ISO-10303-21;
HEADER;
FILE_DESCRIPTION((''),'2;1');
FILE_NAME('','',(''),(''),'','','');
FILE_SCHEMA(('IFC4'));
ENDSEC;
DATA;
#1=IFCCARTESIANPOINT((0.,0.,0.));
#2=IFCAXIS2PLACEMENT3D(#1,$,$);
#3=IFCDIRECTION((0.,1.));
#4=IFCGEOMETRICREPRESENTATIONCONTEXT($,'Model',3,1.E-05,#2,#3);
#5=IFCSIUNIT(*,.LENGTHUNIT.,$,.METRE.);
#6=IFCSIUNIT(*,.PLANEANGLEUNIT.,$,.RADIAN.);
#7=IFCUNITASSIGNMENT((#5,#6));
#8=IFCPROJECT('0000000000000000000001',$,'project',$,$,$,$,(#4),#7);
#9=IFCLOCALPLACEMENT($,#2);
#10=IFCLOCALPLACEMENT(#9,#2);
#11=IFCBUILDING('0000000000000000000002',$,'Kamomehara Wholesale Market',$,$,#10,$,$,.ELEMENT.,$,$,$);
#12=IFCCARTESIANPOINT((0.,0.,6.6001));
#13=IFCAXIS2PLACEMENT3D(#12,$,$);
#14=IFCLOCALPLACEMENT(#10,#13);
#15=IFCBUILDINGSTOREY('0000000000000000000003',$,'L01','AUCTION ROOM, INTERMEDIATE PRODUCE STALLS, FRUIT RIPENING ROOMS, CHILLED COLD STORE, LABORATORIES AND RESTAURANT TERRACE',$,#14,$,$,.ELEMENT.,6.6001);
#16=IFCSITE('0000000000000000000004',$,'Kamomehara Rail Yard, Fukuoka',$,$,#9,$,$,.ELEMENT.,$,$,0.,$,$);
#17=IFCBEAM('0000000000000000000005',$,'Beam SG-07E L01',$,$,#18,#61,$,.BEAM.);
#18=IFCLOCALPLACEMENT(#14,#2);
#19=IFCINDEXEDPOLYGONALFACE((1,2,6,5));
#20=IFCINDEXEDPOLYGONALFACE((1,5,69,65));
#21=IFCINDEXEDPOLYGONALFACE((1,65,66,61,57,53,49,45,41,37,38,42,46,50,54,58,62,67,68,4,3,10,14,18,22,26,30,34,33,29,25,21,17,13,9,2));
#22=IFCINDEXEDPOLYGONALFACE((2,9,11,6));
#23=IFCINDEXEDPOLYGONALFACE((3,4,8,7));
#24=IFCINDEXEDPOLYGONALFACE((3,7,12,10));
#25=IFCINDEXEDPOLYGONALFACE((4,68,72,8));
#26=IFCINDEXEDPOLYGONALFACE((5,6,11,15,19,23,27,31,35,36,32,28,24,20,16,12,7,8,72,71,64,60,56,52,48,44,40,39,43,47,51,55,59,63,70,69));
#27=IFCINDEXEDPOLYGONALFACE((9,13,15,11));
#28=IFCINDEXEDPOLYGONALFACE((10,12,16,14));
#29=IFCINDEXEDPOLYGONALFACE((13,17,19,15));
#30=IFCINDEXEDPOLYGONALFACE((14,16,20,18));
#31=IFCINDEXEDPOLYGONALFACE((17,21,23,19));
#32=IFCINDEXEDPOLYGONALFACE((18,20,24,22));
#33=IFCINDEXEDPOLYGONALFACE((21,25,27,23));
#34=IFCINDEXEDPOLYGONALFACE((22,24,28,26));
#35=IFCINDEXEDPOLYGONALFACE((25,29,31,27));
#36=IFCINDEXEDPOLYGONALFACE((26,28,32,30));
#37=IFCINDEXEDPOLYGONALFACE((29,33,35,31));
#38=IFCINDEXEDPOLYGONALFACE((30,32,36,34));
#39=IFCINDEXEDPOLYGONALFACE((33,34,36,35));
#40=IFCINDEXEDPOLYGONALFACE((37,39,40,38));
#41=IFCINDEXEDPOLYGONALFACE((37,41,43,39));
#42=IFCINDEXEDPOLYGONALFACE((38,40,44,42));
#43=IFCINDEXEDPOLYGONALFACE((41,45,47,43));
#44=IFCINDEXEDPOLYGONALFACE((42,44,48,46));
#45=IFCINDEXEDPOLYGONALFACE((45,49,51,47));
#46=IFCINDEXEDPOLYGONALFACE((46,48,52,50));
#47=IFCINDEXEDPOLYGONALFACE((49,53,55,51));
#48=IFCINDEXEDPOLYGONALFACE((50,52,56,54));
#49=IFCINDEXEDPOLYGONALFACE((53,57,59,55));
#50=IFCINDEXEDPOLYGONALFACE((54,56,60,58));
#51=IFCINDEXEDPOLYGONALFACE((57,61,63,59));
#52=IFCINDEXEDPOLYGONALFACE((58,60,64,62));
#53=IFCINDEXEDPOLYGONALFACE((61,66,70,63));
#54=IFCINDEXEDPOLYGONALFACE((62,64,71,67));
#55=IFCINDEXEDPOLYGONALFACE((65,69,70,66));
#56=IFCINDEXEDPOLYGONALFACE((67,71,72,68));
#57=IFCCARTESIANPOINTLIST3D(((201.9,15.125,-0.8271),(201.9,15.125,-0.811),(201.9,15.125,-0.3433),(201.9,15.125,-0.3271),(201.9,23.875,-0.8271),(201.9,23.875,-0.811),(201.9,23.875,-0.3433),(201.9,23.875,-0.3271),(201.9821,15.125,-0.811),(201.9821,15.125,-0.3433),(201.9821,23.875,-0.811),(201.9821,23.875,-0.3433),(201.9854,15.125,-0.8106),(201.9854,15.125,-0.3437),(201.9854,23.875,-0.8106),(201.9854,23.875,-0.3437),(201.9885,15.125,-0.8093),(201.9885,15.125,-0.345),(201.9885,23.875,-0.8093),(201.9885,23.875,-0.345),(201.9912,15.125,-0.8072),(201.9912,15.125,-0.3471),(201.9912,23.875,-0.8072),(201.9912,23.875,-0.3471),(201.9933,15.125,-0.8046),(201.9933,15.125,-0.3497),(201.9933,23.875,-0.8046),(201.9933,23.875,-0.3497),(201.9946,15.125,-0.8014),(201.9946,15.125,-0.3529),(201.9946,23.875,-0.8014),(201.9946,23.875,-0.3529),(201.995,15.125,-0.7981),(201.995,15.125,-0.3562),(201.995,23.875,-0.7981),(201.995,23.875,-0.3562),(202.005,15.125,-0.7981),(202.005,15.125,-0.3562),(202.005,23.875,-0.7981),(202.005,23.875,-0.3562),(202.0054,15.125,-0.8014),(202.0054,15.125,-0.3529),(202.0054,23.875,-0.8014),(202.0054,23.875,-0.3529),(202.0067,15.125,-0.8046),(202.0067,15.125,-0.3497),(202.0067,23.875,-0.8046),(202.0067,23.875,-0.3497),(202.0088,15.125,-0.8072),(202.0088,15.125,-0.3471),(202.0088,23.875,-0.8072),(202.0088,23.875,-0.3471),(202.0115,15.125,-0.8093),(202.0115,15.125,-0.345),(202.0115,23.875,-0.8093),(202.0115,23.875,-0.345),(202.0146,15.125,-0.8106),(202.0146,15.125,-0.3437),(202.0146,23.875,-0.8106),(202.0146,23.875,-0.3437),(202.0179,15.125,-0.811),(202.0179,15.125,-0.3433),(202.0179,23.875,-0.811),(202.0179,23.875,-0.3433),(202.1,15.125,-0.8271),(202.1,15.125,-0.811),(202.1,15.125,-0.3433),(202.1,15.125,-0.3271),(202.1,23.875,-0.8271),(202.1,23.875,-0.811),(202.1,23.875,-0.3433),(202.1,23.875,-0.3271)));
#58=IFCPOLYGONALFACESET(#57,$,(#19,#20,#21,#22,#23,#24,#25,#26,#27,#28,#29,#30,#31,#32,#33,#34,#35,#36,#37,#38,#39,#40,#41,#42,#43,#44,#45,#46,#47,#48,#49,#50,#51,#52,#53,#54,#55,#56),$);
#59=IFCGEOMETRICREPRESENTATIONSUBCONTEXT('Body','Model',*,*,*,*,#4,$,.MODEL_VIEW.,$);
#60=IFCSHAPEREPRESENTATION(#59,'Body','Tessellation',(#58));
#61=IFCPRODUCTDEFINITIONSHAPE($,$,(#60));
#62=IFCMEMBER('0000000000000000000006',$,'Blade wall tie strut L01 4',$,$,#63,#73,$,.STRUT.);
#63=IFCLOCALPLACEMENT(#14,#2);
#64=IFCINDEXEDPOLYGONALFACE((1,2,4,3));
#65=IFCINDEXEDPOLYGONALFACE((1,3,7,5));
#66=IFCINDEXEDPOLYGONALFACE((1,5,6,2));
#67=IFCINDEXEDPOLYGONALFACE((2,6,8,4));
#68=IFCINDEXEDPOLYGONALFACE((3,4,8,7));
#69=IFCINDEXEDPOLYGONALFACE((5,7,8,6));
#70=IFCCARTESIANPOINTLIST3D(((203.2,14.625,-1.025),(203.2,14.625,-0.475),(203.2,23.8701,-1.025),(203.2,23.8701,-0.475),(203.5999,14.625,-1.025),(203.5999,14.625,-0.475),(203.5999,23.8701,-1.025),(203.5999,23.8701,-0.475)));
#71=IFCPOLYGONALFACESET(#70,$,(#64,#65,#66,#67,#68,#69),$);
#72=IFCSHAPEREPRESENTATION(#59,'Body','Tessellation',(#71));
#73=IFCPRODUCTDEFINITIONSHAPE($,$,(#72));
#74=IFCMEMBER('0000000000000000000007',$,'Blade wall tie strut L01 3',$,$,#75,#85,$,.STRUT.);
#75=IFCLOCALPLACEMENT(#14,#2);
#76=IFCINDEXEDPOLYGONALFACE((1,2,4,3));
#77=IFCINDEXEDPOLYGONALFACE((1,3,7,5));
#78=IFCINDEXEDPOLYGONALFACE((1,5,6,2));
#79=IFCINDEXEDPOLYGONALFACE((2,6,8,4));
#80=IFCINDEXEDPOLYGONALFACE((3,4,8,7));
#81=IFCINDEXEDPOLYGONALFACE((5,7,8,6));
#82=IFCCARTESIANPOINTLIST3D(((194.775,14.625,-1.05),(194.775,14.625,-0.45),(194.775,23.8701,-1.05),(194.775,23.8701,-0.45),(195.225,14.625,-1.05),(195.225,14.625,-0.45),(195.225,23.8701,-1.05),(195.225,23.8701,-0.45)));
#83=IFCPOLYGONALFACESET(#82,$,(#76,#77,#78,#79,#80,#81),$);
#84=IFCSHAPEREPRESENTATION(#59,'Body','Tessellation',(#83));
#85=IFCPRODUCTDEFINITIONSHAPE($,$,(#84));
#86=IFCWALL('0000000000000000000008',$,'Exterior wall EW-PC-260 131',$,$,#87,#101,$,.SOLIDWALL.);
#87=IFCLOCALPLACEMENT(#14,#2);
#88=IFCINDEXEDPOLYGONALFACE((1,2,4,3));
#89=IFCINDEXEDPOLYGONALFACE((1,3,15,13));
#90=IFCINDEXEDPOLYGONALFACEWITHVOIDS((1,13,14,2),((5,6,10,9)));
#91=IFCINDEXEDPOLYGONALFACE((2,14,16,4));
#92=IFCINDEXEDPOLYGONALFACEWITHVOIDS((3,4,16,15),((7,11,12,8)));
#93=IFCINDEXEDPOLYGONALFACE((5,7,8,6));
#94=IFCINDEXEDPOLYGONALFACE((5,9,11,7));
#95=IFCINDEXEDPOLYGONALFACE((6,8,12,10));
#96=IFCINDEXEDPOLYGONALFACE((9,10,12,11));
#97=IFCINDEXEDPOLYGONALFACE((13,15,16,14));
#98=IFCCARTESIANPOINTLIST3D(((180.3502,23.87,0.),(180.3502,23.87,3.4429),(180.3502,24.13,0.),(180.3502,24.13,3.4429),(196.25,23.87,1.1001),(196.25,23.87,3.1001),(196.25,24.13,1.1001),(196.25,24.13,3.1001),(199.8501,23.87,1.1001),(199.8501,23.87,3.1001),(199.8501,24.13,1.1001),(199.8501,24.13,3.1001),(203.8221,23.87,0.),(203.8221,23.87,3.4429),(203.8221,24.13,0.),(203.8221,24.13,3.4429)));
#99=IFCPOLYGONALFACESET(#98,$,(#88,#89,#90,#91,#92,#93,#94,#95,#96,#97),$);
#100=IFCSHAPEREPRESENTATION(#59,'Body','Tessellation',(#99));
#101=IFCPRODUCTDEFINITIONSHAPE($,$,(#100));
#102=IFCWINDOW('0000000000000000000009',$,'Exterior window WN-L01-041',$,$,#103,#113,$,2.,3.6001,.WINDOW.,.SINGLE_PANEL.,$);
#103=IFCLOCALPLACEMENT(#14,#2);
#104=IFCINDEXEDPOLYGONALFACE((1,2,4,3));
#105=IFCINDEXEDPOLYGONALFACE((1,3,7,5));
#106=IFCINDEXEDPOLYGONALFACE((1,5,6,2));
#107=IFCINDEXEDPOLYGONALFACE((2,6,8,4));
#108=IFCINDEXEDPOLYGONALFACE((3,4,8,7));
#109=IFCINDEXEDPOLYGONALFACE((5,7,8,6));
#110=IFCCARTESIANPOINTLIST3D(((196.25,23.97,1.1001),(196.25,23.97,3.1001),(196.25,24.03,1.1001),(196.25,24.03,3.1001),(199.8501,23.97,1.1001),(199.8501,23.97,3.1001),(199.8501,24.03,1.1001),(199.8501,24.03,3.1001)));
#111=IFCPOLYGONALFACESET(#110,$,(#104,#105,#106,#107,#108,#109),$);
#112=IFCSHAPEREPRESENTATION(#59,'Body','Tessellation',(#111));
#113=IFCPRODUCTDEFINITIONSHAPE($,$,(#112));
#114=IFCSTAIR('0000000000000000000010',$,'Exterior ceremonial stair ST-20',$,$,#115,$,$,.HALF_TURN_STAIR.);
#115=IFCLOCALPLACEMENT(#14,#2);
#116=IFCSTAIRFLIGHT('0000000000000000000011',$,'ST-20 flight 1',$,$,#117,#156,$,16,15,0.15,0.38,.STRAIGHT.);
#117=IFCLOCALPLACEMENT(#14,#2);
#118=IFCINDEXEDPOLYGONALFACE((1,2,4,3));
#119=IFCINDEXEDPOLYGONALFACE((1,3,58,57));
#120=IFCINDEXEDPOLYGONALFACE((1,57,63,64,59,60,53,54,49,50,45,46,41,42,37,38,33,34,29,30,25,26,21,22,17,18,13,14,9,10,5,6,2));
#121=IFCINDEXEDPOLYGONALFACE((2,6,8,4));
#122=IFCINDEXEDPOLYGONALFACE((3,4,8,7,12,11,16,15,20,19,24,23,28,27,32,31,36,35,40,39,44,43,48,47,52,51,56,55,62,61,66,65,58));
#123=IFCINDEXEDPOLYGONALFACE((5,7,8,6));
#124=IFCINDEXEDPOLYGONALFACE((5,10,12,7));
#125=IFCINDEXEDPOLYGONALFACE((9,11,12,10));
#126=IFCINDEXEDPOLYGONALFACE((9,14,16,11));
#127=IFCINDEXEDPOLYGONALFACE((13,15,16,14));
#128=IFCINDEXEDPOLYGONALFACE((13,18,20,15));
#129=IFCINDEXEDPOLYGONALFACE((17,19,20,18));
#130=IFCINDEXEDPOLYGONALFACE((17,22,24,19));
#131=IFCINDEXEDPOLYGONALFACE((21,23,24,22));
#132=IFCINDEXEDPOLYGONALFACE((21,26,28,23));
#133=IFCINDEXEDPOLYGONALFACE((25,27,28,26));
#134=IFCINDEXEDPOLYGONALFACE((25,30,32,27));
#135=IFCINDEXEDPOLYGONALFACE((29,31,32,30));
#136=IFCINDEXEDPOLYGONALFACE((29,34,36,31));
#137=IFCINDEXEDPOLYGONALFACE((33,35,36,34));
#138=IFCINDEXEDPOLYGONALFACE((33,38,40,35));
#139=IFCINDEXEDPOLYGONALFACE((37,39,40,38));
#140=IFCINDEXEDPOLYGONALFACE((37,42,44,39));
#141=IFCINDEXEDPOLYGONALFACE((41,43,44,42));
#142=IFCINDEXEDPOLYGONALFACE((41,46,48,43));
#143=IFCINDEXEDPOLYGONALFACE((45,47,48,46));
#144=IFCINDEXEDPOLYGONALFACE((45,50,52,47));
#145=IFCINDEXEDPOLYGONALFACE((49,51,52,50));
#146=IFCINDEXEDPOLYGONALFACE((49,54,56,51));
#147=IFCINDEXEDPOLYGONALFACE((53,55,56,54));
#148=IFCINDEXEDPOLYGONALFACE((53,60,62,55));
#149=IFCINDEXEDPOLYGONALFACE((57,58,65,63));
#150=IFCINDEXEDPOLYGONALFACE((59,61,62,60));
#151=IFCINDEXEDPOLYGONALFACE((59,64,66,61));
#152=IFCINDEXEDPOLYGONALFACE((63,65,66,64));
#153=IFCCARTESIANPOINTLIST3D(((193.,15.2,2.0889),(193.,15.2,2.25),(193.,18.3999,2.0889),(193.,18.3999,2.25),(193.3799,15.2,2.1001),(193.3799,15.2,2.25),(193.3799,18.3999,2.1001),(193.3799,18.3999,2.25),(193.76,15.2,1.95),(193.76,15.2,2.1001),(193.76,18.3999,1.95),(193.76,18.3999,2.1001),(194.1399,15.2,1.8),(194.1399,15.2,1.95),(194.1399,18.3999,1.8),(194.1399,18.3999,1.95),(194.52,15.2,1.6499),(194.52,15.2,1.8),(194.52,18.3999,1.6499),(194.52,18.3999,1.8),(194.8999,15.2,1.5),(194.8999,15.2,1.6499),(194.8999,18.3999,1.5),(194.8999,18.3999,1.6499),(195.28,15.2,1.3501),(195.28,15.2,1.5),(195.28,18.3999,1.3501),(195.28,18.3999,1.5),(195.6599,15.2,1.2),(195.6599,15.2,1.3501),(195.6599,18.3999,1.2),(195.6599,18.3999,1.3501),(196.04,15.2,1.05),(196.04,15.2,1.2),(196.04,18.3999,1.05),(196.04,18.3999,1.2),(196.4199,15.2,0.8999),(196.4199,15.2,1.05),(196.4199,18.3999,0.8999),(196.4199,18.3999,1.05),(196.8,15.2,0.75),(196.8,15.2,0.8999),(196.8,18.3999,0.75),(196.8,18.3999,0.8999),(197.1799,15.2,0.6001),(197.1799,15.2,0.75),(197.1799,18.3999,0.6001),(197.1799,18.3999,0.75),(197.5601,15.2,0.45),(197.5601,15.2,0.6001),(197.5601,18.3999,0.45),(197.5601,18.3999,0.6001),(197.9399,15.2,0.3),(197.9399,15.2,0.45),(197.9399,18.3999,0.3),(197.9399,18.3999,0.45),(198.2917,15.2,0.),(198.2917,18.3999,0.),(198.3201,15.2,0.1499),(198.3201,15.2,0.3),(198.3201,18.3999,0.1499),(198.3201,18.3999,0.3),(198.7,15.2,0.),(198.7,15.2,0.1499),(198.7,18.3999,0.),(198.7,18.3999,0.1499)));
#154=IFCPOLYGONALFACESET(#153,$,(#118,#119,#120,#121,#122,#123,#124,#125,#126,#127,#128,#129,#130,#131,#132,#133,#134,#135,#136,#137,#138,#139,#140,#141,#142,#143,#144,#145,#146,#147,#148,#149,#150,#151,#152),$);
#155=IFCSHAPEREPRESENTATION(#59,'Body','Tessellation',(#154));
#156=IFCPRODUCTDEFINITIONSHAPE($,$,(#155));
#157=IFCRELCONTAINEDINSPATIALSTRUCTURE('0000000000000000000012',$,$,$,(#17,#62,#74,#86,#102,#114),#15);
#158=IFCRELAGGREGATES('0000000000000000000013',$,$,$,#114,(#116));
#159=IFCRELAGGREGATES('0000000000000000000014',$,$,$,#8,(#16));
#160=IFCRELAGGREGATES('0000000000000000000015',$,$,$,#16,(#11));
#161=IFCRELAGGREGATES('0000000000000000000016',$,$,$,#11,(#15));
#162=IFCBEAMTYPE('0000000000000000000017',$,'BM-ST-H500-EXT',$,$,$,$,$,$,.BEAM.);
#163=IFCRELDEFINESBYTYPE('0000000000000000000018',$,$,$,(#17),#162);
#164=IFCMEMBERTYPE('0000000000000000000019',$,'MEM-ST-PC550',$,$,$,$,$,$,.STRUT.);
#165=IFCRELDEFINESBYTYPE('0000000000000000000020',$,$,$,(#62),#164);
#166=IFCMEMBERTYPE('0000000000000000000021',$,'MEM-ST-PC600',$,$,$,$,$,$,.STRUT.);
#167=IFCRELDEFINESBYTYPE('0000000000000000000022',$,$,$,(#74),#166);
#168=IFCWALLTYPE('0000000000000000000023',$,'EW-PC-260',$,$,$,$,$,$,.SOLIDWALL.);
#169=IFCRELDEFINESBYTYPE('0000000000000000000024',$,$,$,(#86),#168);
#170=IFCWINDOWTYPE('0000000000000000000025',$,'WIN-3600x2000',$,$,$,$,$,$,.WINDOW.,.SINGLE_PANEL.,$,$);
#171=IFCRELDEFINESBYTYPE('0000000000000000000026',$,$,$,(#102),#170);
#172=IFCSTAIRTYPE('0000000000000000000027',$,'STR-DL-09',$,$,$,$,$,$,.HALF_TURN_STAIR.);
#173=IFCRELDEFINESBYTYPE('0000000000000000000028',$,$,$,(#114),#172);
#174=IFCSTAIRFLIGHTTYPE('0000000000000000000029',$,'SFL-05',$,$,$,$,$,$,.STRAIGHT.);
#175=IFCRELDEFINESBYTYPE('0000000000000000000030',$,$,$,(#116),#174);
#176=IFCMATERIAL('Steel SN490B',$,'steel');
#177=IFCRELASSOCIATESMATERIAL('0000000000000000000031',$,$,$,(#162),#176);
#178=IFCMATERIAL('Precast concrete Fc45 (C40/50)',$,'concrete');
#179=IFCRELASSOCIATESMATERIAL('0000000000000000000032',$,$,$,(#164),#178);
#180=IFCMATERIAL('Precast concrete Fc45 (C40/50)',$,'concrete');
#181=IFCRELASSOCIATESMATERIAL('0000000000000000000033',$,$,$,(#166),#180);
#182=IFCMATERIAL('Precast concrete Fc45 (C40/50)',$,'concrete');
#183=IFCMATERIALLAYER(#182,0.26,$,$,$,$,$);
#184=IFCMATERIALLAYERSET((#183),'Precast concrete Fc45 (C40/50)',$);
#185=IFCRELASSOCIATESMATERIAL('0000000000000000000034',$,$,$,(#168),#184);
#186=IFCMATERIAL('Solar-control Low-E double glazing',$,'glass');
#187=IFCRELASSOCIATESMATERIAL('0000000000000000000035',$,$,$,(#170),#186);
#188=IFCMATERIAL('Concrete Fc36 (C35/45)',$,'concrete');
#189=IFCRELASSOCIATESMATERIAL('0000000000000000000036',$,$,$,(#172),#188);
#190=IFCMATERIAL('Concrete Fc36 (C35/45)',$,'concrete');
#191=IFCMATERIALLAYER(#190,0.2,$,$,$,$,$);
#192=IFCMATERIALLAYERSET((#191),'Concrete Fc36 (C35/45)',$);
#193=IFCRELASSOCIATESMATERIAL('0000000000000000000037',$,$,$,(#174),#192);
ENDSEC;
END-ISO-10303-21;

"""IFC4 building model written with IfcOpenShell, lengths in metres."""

from ifc_helpers import new_model, si_unit, direction, frame, frame_2d, origin, origin_2d, place, context, subcontext, project, spatial, polyline, rectangle, i_section, outline, extrude, material, layer, layer_set, material_profile, profile_set, type_object, element, fill, aggregate, save


model = new_model("IFC4")

# Units and contexts
model_context = context("Model", 3, precision=1e-05, world=origin(), true_north=direction((0.0, 1.0)))
body_context = subcontext(model_context, "Body", "Model", "MODEL_VIEW")
ifc_project = project(units=[si_unit("LENGTHUNIT", "METRE"), si_unit("PLANEANGLEUNIT", "RADIAN")], contexts=[model_context])

# Site, building, storey
site_placement = place(None, origin())
site = spatial("IfcSite", under=ifc_project, at=site_placement, Name="Kamomehara Rail Yard, Fukuoka", CompositionType="ELEMENT", RefElevation=0.0)
building_placement = place(site_placement, origin())
building = spatial("IfcBuilding", under=site, at=building_placement, Name="Kamomehara Wholesale Market", CompositionType="ELEMENT")
storey_placement = place(building_placement, frame((0.0, 0.0, 6.6001)))
storey = spatial("IfcBuildingStorey", under=building, at=storey_placement, Name="L01", Description="AUCTION ROOM, INTERMEDIATE PRODUCE STALLS, FRUIT RIPENING ROOMS, CHILLED COLD STORE, LABORATORIES AND RESTAURANT TERRACE", CompositionType="ELEMENT", Elevation=6.6001)

# Beam
ifc_material_1 = material(Name="Steel SN490B", Category="steel")
ifc_material_profile_1 = material_profile(ifc_material_1, i_section(OverallWidth=0.2, OverallDepth=0.5, WebThickness=0.01, FlangeThickness=0.0161, FilletRadius=0.0129, at=origin_2d()), Name="H-500x200x10x16")
ifc_profile_set_1 = profile_set([ifc_material_profile_1], Name="Steel SN490B")
beam_type_1 = type_object("IfcBeamType", Name="BM-ST-H500-EXT", PredefinedType="BEAM", material=ifc_profile_set_1)
beam_1_placement = place(storey_placement, frame((202.0, 15.125, -0.5771), z_axis=(0.0, 1.0, 0.0), x_axis=(-1.0, 0.0, 0.0)))
element("IfcBeam", 1, at=beam_1_placement, inside=storey, type_object=beam_type_1, Name="Beam SG-07E L01", PredefinedType="BEAM", context=body_context, shape_type="SweptSolid", body=[
    extrude(i_section(OverallWidth=0.2, OverallDepth=0.5, WebThickness=0.01, FlangeThickness=0.0161, FilletRadius=0.0129, at=origin_2d()), origin(), (0.0, 0.0, 1.0), 8.75),
])

# Members
ifc_material_2 = material(Name="Precast concrete Fc45 (C40/50)", Category="concrete")
ifc_material_profile_2 = material_profile(ifc_material_2, rectangle(XDim=0.3999, YDim=0.55, at=origin_2d()), Name="PC-STR-400x550")
ifc_profile_set_2 = profile_set([ifc_material_profile_2], Name="Precast concrete Fc45 (C40/50)")
member_type_1 = type_object("IfcMemberType", Name="MEM-ST-PC550", PredefinedType="STRUT", material=ifc_profile_set_2)
member_1_placement = place(storey_placement, frame((203.3999, 14.625, -0.75), z_axis=(0.0, 1.0, 0.0), x_axis=(-1.0, 0.0, 0.0)))
element("IfcMember", 2, at=member_1_placement, inside=storey, type_object=member_type_1, Name="Blade wall tie strut L01 4", PredefinedType="STRUT", context=body_context, shape_type="SweptSolid", body=[
    extrude(rectangle(XDim=0.3999, YDim=0.55, at=origin_2d()), origin(), (0.0, 0.0, 1.0), 9.2451),
])
ifc_material_3 = material(Name="Precast concrete Fc45 (C40/50)", Category="concrete")
ifc_material_profile_3 = material_profile(ifc_material_3, rectangle(XDim=0.45, YDim=0.6001, at=origin_2d()), Name="PC-STR-450x600")
ifc_profile_set_3 = profile_set([ifc_material_profile_3], Name="Precast concrete Fc45 (C40/50)")
member_type_2 = type_object("IfcMemberType", Name="MEM-ST-PC600", PredefinedType="STRUT", material=ifc_profile_set_3)
member_2_placement = place(storey_placement, frame((195.0, 14.625, -0.75), z_axis=(0.0, 1.0, 0.0), x_axis=(-1.0, 0.0, 0.0)))
element("IfcMember", 3, at=member_2_placement, inside=storey, type_object=member_type_2, Name="Blade wall tie strut L01 3", PredefinedType="STRUT", context=body_context, shape_type="SweptSolid", body=[
    extrude(rectangle(XDim=0.45, YDim=0.6001, at=origin_2d()), origin(), (0.0, 0.0, 1.0), 9.2451),
])

# Wall, opening, window
ifc_material_4 = material(Name="Precast concrete Fc45 (C40/50)", Category="concrete")
ifc_layer_1 = layer(ifc_material_4, 0.26)
ifc_layer_set_1 = layer_set([ifc_layer_1], Name="Precast concrete Fc45 (C40/50)")
wall_type = type_object("IfcWallType", Name="EW-PC-260", PredefinedType="SOLIDWALL", material=ifc_layer_set_1)
wall_placement = place(storey_placement, frame((203.822, 24.0, 0.0), z_axis=(0.0, 0.0, 1.0), x_axis=(-1.0, 0.0, 0.0)))
wall = element("IfcWall", 4, at=wall_placement, inside=storey, type_object=wall_type, Name="Exterior wall EW-PC-260 131", PredefinedType="SOLIDWALL", context=body_context, shape_type="SweptSolid", body=[
    extrude(rectangle(XDim=23.4719, YDim=0.26, at=frame_2d((11.7358, 0.0))), origin(), (0.0, 0.0, 1.0), 3.4429),
])
opening_placement = place(wall_placement, frame((3.9719, 0.0, 1.1001)))
opening = element("IfcOpeningElement", 5, at=opening_placement, cuts=wall, PredefinedType="OPENING", context=body_context, shape_type="SweptSolid", body=[
    extrude(rectangle(XDim=3.6001, YDim=2.0, at=frame_2d((1.8, 1.0))), frame((0.0, 0.145, 0.0), z_axis=(0.0, -1.0, 0.0), x_axis=(1.0, 0.0, 0.0)), (0.0, 0.0, 1.0), 0.2898),
])
ifc_material_5 = material(Name="Solar-control Low-E double glazing", Category="glass")
window_type = type_object("IfcWindowType", Name="WIN-3600x2000", PartitioningType="SINGLE_PANEL", PredefinedType="WINDOW", material=ifc_material_5)
window_placement = place(opening_placement, origin())
window = element("IfcWindow", 6, at=window_placement, inside=storey, type_object=window_type, Name="Exterior window WN-L01-041", OverallHeight=2.0, OverallWidth=3.6001, PartitioningType="SINGLE_PANEL", PredefinedType="WINDOW", context=body_context, shape_type="SweptSolid", body=[
    extrude(rectangle(XDim=3.6001, YDim=2.0, at=frame_2d((1.8, 1.0))), frame((0.0, 0.03, 0.0), z_axis=(0.0, -1.0, 0.0), x_axis=(1.0, 0.0, 0.0)), (0.0, 0.0, 1.0), 0.0601),
])
fill(opening, window)

# Stair, stair flight
ifc_material_6 = material(Name="Concrete Fc36 (C35/45)", Category="concrete")
stair_type = type_object("IfcStairType", Name="STR-DL-09", PredefinedType="HALF_TURN_STAIR", material=ifc_material_6)
stair_placement = place(storey_placement, origin())
stair = element("IfcStair", 7, at=stair_placement, inside=storey, type_object=stair_type, Name="Exterior ceremonial stair ST-20", PredefinedType="HALF_TURN_STAIR")
ifc_material_7 = material(Name="Concrete Fc36 (C35/45)", Category="concrete")
ifc_layer_2 = layer(ifc_material_7, 0.2)
ifc_layer_set_2 = layer_set([ifc_layer_2], Name="Concrete Fc36 (C35/45)")
stair_flight_type = type_object("IfcStairFlightType", Name="SFL-05", PredefinedType="STRAIGHT", material=ifc_layer_set_2)
stair_flight_1_placement = place(storey_placement, frame((198.7, 16.8, 0.0), z_axis=(0.0, 0.0, 1.0), x_axis=(-1.0, 0.0, 0.0)))
stair_flight_1 = element("IfcStairFlight", 8, at=stair_flight_1_placement, type_object=stair_flight_type, Name="ST-20 flight 1", NumberOfRisers=16, NumberOfTreads=15, PredefinedType="STRAIGHT", RiserHeight=0.15, TreadLength=0.38, context=body_context, shape_type="SweptSolid", body=[
    extrude(outline(polyline([(0.0, 0.0), (0.0, 0.1499), (0.3799, 0.1499), (0.3799, 0.3), (0.76, 0.3), (0.76, 0.45), (1.1399, 0.45), (1.1399, 0.6001), (1.52, 0.6001), (1.52, 0.75), (1.8999, 0.75), (1.8999, 0.8999), (2.28, 0.8999), (2.28, 1.05), (2.6599, 1.05), (2.6599, 1.2), (3.04, 1.2), (3.04, 1.3501), (3.4199, 1.3501), (3.4199, 1.5), (3.8, 1.5), (3.8, 1.6499), (4.1799, 1.6499), (4.1799, 1.8), (4.5601, 1.8), (4.5601, 1.95), (4.9399, 1.95), (4.9399, 2.1001), (5.3201, 2.1001), (5.3201, 2.25), (5.7, 2.25), (5.7, 2.3999), (5.7, 2.0889), (0.4082, 0.0), (0.0, 0.0)])), frame((0.0, 1.6001, 0.0), z_axis=(0.0, -1.0, 0.0), x_axis=(1.0, 0.0, 0.0)), (0.0, 0.0, 1.0), 3.2),
])
aggregate(stair, [stair_flight_1])

save(model, "model.ifc")
